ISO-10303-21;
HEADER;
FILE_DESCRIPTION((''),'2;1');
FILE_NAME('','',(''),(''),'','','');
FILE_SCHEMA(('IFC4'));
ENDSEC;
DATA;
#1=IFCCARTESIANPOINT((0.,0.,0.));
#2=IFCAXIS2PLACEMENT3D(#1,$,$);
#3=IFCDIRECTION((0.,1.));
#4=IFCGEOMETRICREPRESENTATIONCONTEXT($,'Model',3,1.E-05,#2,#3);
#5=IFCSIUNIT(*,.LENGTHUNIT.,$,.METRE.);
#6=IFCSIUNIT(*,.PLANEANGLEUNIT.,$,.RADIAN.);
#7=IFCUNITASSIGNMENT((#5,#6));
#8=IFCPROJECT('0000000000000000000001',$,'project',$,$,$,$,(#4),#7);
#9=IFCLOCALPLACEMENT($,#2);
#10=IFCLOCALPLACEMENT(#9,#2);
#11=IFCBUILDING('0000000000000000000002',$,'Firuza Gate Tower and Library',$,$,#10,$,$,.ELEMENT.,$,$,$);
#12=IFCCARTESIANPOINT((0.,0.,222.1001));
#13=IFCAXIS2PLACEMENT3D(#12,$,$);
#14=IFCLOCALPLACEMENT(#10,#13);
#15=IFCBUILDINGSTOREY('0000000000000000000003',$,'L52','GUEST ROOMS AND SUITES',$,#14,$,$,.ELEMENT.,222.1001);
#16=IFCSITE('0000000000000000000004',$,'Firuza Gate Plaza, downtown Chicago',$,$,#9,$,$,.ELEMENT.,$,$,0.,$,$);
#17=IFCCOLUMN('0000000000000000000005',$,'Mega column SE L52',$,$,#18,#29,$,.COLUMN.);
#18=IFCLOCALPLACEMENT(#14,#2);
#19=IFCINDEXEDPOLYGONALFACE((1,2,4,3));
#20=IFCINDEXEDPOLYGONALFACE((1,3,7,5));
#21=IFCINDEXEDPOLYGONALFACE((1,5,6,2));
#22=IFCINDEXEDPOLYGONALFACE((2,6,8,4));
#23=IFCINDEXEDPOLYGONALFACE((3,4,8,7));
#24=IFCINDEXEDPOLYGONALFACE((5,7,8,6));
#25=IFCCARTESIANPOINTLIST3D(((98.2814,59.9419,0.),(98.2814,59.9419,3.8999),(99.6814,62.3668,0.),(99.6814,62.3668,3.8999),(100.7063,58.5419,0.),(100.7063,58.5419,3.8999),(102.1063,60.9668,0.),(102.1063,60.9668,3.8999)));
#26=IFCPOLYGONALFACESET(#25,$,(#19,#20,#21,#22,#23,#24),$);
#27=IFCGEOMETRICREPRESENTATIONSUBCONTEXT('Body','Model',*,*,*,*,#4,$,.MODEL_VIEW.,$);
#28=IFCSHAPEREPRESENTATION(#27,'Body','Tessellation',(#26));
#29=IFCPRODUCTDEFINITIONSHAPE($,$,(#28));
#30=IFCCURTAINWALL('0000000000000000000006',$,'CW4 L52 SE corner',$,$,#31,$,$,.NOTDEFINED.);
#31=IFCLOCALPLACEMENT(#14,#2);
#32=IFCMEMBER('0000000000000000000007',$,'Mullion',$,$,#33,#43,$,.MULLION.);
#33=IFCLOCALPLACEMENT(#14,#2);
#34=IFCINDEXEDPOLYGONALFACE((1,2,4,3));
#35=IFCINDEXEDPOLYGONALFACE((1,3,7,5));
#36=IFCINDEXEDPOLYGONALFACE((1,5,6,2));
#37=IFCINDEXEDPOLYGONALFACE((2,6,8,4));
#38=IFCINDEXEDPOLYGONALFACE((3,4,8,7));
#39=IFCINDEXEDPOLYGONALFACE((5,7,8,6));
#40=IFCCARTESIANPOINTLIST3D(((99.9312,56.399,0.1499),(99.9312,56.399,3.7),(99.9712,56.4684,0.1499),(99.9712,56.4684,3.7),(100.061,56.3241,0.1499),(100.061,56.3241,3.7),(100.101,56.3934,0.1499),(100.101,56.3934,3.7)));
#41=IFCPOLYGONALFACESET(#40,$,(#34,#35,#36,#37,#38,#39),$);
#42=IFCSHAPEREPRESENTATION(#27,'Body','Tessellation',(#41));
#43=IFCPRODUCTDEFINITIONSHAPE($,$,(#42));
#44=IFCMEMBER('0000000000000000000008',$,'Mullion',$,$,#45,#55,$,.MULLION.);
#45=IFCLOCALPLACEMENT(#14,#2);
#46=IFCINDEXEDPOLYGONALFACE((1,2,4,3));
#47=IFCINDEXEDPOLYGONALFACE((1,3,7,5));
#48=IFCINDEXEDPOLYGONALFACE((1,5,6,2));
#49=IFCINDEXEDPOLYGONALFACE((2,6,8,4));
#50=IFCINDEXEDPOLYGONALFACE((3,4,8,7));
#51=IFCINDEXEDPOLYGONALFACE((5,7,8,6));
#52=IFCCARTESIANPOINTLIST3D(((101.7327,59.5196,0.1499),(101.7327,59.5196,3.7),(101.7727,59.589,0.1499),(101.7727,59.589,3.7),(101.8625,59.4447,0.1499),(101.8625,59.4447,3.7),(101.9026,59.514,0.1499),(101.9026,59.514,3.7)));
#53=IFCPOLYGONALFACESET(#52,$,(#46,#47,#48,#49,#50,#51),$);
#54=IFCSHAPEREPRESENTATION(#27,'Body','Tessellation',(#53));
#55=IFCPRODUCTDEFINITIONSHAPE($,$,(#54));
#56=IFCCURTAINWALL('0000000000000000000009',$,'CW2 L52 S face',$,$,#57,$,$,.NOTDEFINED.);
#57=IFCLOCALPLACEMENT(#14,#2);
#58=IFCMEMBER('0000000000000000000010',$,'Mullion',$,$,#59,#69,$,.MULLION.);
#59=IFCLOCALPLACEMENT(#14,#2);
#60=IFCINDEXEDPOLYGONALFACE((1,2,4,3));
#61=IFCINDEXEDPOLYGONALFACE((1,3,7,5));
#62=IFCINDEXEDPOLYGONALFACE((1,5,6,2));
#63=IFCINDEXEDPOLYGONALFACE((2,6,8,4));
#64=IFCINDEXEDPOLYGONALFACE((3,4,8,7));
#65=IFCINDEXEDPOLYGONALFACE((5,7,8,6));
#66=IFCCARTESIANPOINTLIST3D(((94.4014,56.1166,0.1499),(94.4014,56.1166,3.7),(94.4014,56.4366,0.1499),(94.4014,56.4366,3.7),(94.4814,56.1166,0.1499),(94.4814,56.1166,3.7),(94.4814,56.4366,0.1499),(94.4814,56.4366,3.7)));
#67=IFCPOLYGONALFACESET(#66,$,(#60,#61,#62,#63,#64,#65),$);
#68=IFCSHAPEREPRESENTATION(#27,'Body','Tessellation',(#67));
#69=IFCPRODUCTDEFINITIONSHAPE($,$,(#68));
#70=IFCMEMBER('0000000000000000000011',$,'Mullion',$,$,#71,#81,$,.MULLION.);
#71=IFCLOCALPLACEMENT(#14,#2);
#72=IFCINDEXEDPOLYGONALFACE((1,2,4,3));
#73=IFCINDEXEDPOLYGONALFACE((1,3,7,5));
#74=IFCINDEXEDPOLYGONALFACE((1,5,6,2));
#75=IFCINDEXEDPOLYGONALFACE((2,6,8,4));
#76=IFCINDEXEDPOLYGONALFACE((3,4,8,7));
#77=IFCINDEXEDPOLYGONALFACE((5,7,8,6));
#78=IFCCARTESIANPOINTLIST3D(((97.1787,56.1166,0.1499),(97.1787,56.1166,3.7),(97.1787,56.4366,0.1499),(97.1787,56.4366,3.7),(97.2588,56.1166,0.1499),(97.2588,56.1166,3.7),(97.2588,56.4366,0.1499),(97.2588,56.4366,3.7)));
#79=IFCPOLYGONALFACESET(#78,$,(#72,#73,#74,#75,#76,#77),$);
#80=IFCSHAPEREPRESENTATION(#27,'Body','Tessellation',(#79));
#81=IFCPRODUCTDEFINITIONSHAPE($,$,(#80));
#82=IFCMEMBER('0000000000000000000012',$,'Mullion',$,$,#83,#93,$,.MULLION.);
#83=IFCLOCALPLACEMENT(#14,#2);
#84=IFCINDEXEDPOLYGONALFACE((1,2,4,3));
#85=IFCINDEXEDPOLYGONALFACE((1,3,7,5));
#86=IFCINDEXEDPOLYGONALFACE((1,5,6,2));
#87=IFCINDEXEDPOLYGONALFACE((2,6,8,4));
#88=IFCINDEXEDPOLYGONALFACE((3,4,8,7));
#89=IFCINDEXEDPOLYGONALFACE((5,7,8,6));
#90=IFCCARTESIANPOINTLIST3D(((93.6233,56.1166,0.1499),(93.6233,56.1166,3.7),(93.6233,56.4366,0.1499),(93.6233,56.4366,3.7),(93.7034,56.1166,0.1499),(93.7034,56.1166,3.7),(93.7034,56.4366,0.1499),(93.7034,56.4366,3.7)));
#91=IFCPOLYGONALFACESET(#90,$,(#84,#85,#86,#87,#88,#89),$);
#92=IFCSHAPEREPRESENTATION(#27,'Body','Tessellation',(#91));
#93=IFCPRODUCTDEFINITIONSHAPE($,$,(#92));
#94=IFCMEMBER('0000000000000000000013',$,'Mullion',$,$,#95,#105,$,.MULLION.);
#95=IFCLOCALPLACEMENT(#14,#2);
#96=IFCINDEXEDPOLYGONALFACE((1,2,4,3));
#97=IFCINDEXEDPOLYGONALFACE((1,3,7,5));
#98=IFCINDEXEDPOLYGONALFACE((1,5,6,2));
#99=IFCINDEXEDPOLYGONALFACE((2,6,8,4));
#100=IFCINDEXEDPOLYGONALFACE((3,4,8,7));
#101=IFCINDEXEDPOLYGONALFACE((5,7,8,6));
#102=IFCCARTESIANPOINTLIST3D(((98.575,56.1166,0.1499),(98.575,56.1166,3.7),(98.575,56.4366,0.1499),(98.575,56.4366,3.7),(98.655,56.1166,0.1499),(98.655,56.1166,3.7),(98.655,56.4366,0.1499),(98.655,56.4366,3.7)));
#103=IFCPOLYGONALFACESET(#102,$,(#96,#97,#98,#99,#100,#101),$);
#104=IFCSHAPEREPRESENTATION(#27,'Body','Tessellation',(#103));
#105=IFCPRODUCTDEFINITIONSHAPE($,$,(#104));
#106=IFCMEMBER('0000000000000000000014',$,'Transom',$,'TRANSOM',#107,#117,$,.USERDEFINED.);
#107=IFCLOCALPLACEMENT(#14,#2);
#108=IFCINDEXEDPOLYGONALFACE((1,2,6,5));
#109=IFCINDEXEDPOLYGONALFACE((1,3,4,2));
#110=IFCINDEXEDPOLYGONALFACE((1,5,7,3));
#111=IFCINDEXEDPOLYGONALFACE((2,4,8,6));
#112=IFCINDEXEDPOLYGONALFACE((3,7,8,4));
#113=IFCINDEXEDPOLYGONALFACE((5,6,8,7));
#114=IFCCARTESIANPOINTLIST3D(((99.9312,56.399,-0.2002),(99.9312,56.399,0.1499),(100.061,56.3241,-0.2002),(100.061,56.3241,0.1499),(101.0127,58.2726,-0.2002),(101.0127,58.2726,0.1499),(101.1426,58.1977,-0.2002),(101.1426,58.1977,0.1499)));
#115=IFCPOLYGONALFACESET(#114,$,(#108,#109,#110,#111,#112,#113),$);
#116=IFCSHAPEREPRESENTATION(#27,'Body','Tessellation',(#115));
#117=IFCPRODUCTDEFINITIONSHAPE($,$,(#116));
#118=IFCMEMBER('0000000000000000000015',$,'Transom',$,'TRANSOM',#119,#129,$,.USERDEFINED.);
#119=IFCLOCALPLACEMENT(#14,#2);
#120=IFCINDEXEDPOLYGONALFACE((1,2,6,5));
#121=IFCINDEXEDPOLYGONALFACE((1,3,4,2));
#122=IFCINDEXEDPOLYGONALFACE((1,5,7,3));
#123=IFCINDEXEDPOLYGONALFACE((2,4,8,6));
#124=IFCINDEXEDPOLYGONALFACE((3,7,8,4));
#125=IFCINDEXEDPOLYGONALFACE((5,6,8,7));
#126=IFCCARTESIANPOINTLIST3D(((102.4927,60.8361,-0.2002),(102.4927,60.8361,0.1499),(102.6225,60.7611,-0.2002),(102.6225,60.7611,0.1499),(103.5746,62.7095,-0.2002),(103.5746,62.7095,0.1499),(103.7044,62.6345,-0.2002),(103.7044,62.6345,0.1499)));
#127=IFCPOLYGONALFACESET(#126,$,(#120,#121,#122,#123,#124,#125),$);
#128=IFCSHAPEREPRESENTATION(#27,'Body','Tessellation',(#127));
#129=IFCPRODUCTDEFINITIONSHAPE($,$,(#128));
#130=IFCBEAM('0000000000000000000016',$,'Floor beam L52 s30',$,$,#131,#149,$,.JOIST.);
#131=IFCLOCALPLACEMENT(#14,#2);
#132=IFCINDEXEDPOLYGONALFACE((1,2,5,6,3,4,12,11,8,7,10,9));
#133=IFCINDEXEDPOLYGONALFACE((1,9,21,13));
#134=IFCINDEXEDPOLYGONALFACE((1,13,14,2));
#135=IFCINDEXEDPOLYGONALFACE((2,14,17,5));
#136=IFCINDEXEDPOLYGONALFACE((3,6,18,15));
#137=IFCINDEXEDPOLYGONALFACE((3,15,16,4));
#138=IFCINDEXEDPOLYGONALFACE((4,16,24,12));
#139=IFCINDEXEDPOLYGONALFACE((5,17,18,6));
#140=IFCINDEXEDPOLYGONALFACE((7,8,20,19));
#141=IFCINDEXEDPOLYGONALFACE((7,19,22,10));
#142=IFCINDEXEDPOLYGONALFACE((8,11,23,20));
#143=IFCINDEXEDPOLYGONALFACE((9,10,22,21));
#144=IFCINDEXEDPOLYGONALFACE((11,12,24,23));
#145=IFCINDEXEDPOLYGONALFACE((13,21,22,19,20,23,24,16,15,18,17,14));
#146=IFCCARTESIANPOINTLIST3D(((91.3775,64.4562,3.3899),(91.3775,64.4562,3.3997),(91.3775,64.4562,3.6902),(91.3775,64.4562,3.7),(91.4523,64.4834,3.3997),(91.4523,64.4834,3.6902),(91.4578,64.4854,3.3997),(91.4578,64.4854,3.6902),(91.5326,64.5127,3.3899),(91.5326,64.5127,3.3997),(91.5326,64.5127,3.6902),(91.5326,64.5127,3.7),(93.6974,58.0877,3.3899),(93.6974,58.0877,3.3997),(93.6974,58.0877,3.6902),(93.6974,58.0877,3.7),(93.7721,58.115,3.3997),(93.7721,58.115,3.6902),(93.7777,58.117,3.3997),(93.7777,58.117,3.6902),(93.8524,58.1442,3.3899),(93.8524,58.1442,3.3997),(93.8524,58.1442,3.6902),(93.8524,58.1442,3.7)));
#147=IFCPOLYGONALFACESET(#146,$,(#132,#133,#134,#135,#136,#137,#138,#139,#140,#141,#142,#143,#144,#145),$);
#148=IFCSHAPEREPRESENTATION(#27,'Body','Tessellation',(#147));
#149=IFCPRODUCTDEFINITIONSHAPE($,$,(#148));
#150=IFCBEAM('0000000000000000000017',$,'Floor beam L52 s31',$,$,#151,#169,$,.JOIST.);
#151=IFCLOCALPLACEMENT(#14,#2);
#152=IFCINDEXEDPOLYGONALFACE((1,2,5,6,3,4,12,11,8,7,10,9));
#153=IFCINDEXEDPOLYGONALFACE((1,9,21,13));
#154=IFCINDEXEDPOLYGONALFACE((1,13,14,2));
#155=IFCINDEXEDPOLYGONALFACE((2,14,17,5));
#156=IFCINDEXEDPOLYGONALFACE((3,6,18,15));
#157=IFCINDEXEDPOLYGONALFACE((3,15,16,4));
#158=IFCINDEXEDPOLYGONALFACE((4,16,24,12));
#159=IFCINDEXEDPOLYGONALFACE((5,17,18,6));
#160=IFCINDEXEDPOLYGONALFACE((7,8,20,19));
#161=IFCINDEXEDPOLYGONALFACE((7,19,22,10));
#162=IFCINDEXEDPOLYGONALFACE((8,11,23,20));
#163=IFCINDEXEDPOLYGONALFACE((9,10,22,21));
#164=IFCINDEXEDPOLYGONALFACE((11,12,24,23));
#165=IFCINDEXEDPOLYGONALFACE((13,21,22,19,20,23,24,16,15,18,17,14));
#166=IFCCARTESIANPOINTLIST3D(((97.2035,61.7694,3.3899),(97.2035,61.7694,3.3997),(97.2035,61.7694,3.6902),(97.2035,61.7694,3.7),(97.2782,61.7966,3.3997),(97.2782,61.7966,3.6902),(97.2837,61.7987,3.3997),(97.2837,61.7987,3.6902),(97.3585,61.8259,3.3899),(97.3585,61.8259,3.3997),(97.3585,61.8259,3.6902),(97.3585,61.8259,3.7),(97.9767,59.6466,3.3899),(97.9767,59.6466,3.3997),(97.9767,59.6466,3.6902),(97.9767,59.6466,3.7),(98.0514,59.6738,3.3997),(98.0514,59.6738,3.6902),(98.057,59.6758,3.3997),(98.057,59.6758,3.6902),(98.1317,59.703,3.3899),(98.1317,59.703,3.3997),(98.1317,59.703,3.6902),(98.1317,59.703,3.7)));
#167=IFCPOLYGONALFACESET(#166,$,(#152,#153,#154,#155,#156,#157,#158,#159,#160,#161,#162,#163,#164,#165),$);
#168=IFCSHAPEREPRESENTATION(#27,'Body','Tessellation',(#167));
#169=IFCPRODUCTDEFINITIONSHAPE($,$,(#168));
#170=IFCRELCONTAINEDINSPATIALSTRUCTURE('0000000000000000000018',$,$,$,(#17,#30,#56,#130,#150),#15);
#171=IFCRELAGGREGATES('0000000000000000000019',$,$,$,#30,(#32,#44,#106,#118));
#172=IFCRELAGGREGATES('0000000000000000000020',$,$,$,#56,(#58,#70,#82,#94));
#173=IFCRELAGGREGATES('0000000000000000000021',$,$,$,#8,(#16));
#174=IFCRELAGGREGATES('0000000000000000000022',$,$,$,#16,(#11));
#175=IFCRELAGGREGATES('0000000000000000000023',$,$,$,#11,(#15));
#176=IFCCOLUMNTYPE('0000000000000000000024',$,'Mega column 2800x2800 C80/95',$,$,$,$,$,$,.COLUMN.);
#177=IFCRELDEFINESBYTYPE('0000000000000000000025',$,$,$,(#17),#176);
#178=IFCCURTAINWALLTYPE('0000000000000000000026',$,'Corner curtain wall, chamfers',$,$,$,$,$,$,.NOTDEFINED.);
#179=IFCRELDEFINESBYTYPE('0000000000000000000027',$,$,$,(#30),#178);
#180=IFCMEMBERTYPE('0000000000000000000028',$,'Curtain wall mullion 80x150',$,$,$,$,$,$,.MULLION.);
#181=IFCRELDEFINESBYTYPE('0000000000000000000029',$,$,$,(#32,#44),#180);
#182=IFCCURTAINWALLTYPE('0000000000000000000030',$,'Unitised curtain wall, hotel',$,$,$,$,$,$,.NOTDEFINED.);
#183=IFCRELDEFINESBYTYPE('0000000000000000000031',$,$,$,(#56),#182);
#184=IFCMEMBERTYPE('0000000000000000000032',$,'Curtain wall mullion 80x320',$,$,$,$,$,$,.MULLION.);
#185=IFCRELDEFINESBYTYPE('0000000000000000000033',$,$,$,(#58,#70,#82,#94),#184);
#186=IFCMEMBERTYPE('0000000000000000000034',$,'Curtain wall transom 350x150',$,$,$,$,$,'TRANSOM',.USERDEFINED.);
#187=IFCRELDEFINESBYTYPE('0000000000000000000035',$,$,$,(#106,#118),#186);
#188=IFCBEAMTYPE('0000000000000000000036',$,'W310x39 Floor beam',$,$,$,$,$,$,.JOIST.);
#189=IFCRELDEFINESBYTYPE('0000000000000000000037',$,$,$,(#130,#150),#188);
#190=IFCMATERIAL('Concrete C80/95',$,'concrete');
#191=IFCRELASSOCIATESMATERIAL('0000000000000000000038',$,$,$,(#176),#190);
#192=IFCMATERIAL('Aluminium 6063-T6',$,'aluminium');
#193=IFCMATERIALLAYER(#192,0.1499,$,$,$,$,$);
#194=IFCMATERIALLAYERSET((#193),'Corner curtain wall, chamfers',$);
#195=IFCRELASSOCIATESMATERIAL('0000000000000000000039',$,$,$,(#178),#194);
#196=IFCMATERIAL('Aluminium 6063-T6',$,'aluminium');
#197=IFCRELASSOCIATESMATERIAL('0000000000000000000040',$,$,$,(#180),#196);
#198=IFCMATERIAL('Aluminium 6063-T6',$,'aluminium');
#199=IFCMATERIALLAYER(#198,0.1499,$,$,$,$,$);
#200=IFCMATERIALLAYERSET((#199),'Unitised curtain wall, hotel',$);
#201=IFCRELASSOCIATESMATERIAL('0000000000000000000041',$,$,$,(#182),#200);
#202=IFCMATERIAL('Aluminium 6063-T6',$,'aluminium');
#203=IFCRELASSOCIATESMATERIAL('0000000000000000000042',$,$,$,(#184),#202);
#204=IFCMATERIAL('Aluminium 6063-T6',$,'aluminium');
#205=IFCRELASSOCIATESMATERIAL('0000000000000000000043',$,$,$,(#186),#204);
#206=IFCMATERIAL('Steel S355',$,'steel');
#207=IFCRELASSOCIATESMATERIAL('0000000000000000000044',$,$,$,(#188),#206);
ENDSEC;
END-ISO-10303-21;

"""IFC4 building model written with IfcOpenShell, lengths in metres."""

from ifc_helpers import new_model, si_unit, direction, frame, origin, origin_2d, place, context, subcontext, project, spatial, rectangle, i_section, extrude, material, layer, layer_set, material_profile, profile_set, type_object, element, aggregate, save


model = new_model("IFC4")

# Units and contexts
model_context = context("Model", 3, precision=1e-05, world=origin(), true_north=direction((0.0, 1.0)))
body_context = subcontext(model_context, "Body", "Model", "MODEL_VIEW")
ifc_project = project(units=[si_unit("LENGTHUNIT", "METRE"), si_unit("PLANEANGLEUNIT", "RADIAN")], contexts=[model_context])

# Site, building, storey
site_placement = place(None, origin())
site = spatial("IfcSite", under=ifc_project, at=site_placement, Name="Firuza Gate Plaza, downtown Chicago", CompositionType="ELEMENT", RefElevation=0.0)
building_placement = place(site_placement, origin())
building = spatial("IfcBuilding", under=site, at=building_placement, Name="Firuza Gate Tower and Library", CompositionType="ELEMENT")
storey_placement = place(building_placement, frame((0.0, 0.0, 222.1001)))
storey = spatial("IfcBuildingStorey", under=building, at=storey_placement, Name="L52", Description="GUEST ROOMS AND SUITES", CompositionType="ELEMENT", Elevation=222.1001)

# Column
ifc_material_1 = material(Name="Concrete C80/95", Category="concrete")
ifc_material_profile_1 = material_profile(ifc_material_1, rectangle(XDim=2.8, YDim=2.8, at=origin_2d()))
ifc_profile_set_1 = profile_set([ifc_material_profile_1], Name="Concrete C80/95")
column_type = type_object("IfcColumnType", Name="Mega column 2800x2800 C80/95", PredefinedType="COLUMN", material=ifc_profile_set_1)
column_placement = place(storey_placement, frame((100.1938, 60.4543, 0.0), z_axis=(0.0, 0.0, 1.0), x_axis=(0.5, 0.866025, 0.0)))
element("IfcColumn", 1, at=column_placement, inside=storey, type_object=column_type, Name="Mega column SE L52", PredefinedType="COLUMN", context=body_context, shape_type="SweptSolid", body=[
    extrude(rectangle(XDim=2.8, YDim=2.8, at=origin_2d()), origin(), (0.0, 0.0, 1.0), 3.8999),
])

# Curtain walls, members
ifc_material_2 = material(Name="Aluminium 6063-T6", Category="aluminium")
ifc_layer_1 = layer(ifc_material_2, 0.1499)
ifc_layer_set_1 = layer_set([ifc_layer_1], Name="Corner curtain wall, chamfers")
curtain_wall_type_1 = type_object("IfcCurtainWallType", Name="Corner curtain wall, chamfers", PredefinedType="NOTDEFINED", material=ifc_layer_set_1)
placement = place(storey_placement, origin())
curtain_wall_1 = element("IfcCurtainWall", 2, at=placement, inside=storey, type_object=curtain_wall_type_1, Name="CW4 L52 SE corner", PredefinedType="NOTDEFINED")
ifc_material_3 = material(Name="Aluminium 6063-T6", Category="aluminium")
ifc_material_profile_2 = material_profile(ifc_material_3, rectangle(XDim=0.1499, YDim=0.0801, at=origin_2d()))
ifc_profile_set_2 = profile_set([ifc_material_profile_2], Name="Aluminium 6063-T6")
member_type_1 = type_object("IfcMemberType", Name="Curtain wall mullion 80x150", PredefinedType="MULLION", material=ifc_profile_set_2)
member_1_placement = place(storey_placement, frame((100.0161, 56.3962, 0.1499), z_axis=(0.0, 0.0, 1.0), x_axis=(-0.866025, 0.5, 0.0)))
member_1 = element("IfcMember", 3, at=member_1_placement, type_object=member_type_1, Name="Mullion", PredefinedType="MULLION", context=body_context, shape_type="SweptSolid", body=[
    extrude(rectangle(XDim=0.1499, YDim=0.0801, at=origin_2d()), origin(), (0.0, 0.0, 1.0), 3.55),
])
member_2_placement = place(storey_placement, frame((101.8176, 59.5168, 0.1499), z_axis=(0.0, 0.0, 1.0), x_axis=(-0.866025, 0.5, 0.0)))
member_2 = element("IfcMember", 4, at=member_2_placement, type_object=member_type_1, Name="Mullion", PredefinedType="MULLION", context=body_context, shape_type="SweptSolid", body=[
    extrude(rectangle(XDim=0.1499, YDim=0.0801, at=origin_2d()), origin(), (0.0, 0.0, 1.0), 3.55),
])
ifc_material_4 = material(Name="Aluminium 6063-T6", Category="aluminium")
ifc_layer_2 = layer(ifc_material_4, 0.1499)
ifc_layer_set_2 = layer_set([ifc_layer_2], Name="Unitised curtain wall, hotel")
curtain_wall_type_2 = type_object("IfcCurtainWallType", Name="Unitised curtain wall, hotel", PredefinedType="NOTDEFINED", material=ifc_layer_set_2)
curtain_wall_2 = element("IfcCurtainWall", 5, at=placement, inside=storey, type_object=curtain_wall_type_2, Name="CW2 L52 S face", PredefinedType="NOTDEFINED")
ifc_material_5 = material(Name="Aluminium 6063-T6", Category="aluminium")
ifc_material_profile_3 = material_profile(ifc_material_5, rectangle(XDim=0.3201, YDim=0.0801, at=origin_2d()))
ifc_profile_set_3 = profile_set([ifc_material_profile_3], Name="Aluminium 6063-T6")
member_type_2 = type_object("IfcMemberType", Name="Curtain wall mullion 80x320", PredefinedType="MULLION", material=ifc_profile_set_3)
member_3_placement = place(storey_placement, frame((94.4414, 56.2766, 0.1499), z_axis=(0.0, 0.0, 1.0), x_axis=(0.0, 1.0, 0.0)))
member_3 = element("IfcMember", 6, at=member_3_placement, type_object=member_type_2, Name="Mullion", PredefinedType="MULLION", context=body_context, shape_type="SweptSolid", body=[
    extrude(rectangle(XDim=0.3201, YDim=0.0801, at=origin_2d()), origin(), (0.0, 0.0, 1.0), 3.55),
])
member_4_placement = place(storey_placement, frame((97.2188, 56.2766, 0.1499), z_axis=(0.0, 0.0, 1.0), x_axis=(0.0, 1.0, 0.0)))
member_4 = element("IfcMember", 7, at=member_4_placement, type_object=member_type_2, Name="Mullion", PredefinedType="MULLION", context=body_context, shape_type="SweptSolid", body=[
    extrude(rectangle(XDim=0.3201, YDim=0.0801, at=origin_2d()), origin(), (0.0, 0.0, 1.0), 3.55),
])
member_5_placement = place(storey_placement, frame((93.6633, 56.2766, 0.1499), z_axis=(0.0, 0.0, 1.0), x_axis=(0.0, 1.0, 0.0)))
member_5 = element("IfcMember", 8, at=member_5_placement, type_object=member_type_2, Name="Mullion", PredefinedType="MULLION", context=body_context, shape_type="SweptSolid", body=[
    extrude(rectangle(XDim=0.3201, YDim=0.0801, at=origin_2d()), origin(), (0.0, 0.0, 1.0), 3.55),
])
member_6_placement = place(storey_placement, frame((98.615, 56.2766, 0.1499), z_axis=(0.0, 0.0, 1.0), x_axis=(0.0, 1.0, 0.0)))
member_6 = element("IfcMember", 9, at=member_6_placement, type_object=member_type_2, Name="Mullion", PredefinedType="MULLION", context=body_context, shape_type="SweptSolid", body=[
    extrude(rectangle(XDim=0.3201, YDim=0.0801, at=origin_2d()), origin(), (0.0, 0.0, 1.0), 3.55),
])

# Members
ifc_material_6 = material(Name="Aluminium 6063-T6", Category="aluminium")
ifc_material_profile_4 = material_profile(ifc_material_6, rectangle(XDim=0.1499, YDim=0.3501, at=origin_2d()))
ifc_profile_set_4 = profile_set([ifc_material_profile_4], Name="Aluminium 6063-T6")
member_type_3 = type_object("IfcMemberType", Name="Curtain wall transom 350x150", ElementType="TRANSOM", PredefinedType="USERDEFINED", material=ifc_profile_set_4)
member_7_placement = place(storey_placement, frame((99.9961, 56.3616, -0.0251), z_axis=(0.49995, 0.866054, 0.0), x_axis=(-0.866054, 0.49995, 0.0)))
member_7 = element("IfcMember", 10, at=member_7_placement, type_object=member_type_3, Name="Transom", ObjectType="TRANSOM", PredefinedType="USERDEFINED", context=body_context, shape_type="SweptSolid", body=[
    extrude(rectangle(XDim=0.1499, YDim=0.3501, at=origin_2d()), origin(), (0.0, 0.0, 1.0), 2.1633),
])
member_8_placement = place(storey_placement, frame((102.5576, 60.7986, -0.0251), z_axis=(0.500084, 0.865977, 0.0), x_axis=(-0.865977, 0.500084, 0.0)))
member_8 = element("IfcMember", 11, at=member_8_placement, type_object=member_type_3, Name="Transom", ObjectType="TRANSOM", PredefinedType="USERDEFINED", context=body_context, shape_type="SweptSolid", body=[
    extrude(rectangle(XDim=0.1499, YDim=0.3501, at=origin_2d()), origin(), (0.0, 0.0, 1.0), 2.1633),
])

# Beams
ifc_material_7 = material(Name="Steel S355", Category="steel")
ifc_material_profile_5 = material_profile(ifc_material_7, i_section(OverallWidth=0.165, OverallDepth=0.3101, WebThickness=0.0059, FlangeThickness=0.0098, at=origin_2d()))
ifc_profile_set_5 = profile_set([ifc_material_profile_5], Name="Steel S355")
beam_type_1 = type_object("IfcBeamType", Name="W310x39 Floor beam", PredefinedType="JOIST", material=ifc_profile_set_5)
beam_1_placement = place(storey_placement, frame((93.7749, 58.116, 3.5449), z_axis=(-0.342269, 0.939602, 0.0), x_axis=(-0.939602, -0.342269, 0.0)))
element("IfcBeam", 12, at=beam_1_placement, inside=storey, type_object=beam_type_1, Name="Floor beam L52 s30", PredefinedType="JOIST", context=body_context, shape_type="SweptSolid", body=[
    extrude(i_section(OverallWidth=0.165, OverallDepth=0.3101, WebThickness=0.0059, FlangeThickness=0.0098, at=origin_2d()), origin(), (0.0, 0.0, 1.0), 6.7778),
])
beam_2_placement = place(storey_placement, frame((98.0542, 59.6748, 3.5449), z_axis=(-0.342238, 0.939613, 0.0), x_axis=(-0.939613, -0.342238, 0.0)))
element("IfcBeam", 13, at=beam_2_placement, inside=storey, type_object=beam_type_1, Name="Floor beam L52 s31", PredefinedType="JOIST", context=body_context, shape_type="SweptSolid", body=[
    extrude(i_section(OverallWidth=0.165, OverallDepth=0.3101, WebThickness=0.0059, FlangeThickness=0.0098, at=origin_2d()), origin(), (0.0, 0.0, 1.0), 2.2593),
])

aggregate(curtain_wall_1, [member_1, member_2, member_7, member_8])
aggregate(curtain_wall_2, [member_3, member_4, member_5, member_6])

save(model, "model.ifc")
